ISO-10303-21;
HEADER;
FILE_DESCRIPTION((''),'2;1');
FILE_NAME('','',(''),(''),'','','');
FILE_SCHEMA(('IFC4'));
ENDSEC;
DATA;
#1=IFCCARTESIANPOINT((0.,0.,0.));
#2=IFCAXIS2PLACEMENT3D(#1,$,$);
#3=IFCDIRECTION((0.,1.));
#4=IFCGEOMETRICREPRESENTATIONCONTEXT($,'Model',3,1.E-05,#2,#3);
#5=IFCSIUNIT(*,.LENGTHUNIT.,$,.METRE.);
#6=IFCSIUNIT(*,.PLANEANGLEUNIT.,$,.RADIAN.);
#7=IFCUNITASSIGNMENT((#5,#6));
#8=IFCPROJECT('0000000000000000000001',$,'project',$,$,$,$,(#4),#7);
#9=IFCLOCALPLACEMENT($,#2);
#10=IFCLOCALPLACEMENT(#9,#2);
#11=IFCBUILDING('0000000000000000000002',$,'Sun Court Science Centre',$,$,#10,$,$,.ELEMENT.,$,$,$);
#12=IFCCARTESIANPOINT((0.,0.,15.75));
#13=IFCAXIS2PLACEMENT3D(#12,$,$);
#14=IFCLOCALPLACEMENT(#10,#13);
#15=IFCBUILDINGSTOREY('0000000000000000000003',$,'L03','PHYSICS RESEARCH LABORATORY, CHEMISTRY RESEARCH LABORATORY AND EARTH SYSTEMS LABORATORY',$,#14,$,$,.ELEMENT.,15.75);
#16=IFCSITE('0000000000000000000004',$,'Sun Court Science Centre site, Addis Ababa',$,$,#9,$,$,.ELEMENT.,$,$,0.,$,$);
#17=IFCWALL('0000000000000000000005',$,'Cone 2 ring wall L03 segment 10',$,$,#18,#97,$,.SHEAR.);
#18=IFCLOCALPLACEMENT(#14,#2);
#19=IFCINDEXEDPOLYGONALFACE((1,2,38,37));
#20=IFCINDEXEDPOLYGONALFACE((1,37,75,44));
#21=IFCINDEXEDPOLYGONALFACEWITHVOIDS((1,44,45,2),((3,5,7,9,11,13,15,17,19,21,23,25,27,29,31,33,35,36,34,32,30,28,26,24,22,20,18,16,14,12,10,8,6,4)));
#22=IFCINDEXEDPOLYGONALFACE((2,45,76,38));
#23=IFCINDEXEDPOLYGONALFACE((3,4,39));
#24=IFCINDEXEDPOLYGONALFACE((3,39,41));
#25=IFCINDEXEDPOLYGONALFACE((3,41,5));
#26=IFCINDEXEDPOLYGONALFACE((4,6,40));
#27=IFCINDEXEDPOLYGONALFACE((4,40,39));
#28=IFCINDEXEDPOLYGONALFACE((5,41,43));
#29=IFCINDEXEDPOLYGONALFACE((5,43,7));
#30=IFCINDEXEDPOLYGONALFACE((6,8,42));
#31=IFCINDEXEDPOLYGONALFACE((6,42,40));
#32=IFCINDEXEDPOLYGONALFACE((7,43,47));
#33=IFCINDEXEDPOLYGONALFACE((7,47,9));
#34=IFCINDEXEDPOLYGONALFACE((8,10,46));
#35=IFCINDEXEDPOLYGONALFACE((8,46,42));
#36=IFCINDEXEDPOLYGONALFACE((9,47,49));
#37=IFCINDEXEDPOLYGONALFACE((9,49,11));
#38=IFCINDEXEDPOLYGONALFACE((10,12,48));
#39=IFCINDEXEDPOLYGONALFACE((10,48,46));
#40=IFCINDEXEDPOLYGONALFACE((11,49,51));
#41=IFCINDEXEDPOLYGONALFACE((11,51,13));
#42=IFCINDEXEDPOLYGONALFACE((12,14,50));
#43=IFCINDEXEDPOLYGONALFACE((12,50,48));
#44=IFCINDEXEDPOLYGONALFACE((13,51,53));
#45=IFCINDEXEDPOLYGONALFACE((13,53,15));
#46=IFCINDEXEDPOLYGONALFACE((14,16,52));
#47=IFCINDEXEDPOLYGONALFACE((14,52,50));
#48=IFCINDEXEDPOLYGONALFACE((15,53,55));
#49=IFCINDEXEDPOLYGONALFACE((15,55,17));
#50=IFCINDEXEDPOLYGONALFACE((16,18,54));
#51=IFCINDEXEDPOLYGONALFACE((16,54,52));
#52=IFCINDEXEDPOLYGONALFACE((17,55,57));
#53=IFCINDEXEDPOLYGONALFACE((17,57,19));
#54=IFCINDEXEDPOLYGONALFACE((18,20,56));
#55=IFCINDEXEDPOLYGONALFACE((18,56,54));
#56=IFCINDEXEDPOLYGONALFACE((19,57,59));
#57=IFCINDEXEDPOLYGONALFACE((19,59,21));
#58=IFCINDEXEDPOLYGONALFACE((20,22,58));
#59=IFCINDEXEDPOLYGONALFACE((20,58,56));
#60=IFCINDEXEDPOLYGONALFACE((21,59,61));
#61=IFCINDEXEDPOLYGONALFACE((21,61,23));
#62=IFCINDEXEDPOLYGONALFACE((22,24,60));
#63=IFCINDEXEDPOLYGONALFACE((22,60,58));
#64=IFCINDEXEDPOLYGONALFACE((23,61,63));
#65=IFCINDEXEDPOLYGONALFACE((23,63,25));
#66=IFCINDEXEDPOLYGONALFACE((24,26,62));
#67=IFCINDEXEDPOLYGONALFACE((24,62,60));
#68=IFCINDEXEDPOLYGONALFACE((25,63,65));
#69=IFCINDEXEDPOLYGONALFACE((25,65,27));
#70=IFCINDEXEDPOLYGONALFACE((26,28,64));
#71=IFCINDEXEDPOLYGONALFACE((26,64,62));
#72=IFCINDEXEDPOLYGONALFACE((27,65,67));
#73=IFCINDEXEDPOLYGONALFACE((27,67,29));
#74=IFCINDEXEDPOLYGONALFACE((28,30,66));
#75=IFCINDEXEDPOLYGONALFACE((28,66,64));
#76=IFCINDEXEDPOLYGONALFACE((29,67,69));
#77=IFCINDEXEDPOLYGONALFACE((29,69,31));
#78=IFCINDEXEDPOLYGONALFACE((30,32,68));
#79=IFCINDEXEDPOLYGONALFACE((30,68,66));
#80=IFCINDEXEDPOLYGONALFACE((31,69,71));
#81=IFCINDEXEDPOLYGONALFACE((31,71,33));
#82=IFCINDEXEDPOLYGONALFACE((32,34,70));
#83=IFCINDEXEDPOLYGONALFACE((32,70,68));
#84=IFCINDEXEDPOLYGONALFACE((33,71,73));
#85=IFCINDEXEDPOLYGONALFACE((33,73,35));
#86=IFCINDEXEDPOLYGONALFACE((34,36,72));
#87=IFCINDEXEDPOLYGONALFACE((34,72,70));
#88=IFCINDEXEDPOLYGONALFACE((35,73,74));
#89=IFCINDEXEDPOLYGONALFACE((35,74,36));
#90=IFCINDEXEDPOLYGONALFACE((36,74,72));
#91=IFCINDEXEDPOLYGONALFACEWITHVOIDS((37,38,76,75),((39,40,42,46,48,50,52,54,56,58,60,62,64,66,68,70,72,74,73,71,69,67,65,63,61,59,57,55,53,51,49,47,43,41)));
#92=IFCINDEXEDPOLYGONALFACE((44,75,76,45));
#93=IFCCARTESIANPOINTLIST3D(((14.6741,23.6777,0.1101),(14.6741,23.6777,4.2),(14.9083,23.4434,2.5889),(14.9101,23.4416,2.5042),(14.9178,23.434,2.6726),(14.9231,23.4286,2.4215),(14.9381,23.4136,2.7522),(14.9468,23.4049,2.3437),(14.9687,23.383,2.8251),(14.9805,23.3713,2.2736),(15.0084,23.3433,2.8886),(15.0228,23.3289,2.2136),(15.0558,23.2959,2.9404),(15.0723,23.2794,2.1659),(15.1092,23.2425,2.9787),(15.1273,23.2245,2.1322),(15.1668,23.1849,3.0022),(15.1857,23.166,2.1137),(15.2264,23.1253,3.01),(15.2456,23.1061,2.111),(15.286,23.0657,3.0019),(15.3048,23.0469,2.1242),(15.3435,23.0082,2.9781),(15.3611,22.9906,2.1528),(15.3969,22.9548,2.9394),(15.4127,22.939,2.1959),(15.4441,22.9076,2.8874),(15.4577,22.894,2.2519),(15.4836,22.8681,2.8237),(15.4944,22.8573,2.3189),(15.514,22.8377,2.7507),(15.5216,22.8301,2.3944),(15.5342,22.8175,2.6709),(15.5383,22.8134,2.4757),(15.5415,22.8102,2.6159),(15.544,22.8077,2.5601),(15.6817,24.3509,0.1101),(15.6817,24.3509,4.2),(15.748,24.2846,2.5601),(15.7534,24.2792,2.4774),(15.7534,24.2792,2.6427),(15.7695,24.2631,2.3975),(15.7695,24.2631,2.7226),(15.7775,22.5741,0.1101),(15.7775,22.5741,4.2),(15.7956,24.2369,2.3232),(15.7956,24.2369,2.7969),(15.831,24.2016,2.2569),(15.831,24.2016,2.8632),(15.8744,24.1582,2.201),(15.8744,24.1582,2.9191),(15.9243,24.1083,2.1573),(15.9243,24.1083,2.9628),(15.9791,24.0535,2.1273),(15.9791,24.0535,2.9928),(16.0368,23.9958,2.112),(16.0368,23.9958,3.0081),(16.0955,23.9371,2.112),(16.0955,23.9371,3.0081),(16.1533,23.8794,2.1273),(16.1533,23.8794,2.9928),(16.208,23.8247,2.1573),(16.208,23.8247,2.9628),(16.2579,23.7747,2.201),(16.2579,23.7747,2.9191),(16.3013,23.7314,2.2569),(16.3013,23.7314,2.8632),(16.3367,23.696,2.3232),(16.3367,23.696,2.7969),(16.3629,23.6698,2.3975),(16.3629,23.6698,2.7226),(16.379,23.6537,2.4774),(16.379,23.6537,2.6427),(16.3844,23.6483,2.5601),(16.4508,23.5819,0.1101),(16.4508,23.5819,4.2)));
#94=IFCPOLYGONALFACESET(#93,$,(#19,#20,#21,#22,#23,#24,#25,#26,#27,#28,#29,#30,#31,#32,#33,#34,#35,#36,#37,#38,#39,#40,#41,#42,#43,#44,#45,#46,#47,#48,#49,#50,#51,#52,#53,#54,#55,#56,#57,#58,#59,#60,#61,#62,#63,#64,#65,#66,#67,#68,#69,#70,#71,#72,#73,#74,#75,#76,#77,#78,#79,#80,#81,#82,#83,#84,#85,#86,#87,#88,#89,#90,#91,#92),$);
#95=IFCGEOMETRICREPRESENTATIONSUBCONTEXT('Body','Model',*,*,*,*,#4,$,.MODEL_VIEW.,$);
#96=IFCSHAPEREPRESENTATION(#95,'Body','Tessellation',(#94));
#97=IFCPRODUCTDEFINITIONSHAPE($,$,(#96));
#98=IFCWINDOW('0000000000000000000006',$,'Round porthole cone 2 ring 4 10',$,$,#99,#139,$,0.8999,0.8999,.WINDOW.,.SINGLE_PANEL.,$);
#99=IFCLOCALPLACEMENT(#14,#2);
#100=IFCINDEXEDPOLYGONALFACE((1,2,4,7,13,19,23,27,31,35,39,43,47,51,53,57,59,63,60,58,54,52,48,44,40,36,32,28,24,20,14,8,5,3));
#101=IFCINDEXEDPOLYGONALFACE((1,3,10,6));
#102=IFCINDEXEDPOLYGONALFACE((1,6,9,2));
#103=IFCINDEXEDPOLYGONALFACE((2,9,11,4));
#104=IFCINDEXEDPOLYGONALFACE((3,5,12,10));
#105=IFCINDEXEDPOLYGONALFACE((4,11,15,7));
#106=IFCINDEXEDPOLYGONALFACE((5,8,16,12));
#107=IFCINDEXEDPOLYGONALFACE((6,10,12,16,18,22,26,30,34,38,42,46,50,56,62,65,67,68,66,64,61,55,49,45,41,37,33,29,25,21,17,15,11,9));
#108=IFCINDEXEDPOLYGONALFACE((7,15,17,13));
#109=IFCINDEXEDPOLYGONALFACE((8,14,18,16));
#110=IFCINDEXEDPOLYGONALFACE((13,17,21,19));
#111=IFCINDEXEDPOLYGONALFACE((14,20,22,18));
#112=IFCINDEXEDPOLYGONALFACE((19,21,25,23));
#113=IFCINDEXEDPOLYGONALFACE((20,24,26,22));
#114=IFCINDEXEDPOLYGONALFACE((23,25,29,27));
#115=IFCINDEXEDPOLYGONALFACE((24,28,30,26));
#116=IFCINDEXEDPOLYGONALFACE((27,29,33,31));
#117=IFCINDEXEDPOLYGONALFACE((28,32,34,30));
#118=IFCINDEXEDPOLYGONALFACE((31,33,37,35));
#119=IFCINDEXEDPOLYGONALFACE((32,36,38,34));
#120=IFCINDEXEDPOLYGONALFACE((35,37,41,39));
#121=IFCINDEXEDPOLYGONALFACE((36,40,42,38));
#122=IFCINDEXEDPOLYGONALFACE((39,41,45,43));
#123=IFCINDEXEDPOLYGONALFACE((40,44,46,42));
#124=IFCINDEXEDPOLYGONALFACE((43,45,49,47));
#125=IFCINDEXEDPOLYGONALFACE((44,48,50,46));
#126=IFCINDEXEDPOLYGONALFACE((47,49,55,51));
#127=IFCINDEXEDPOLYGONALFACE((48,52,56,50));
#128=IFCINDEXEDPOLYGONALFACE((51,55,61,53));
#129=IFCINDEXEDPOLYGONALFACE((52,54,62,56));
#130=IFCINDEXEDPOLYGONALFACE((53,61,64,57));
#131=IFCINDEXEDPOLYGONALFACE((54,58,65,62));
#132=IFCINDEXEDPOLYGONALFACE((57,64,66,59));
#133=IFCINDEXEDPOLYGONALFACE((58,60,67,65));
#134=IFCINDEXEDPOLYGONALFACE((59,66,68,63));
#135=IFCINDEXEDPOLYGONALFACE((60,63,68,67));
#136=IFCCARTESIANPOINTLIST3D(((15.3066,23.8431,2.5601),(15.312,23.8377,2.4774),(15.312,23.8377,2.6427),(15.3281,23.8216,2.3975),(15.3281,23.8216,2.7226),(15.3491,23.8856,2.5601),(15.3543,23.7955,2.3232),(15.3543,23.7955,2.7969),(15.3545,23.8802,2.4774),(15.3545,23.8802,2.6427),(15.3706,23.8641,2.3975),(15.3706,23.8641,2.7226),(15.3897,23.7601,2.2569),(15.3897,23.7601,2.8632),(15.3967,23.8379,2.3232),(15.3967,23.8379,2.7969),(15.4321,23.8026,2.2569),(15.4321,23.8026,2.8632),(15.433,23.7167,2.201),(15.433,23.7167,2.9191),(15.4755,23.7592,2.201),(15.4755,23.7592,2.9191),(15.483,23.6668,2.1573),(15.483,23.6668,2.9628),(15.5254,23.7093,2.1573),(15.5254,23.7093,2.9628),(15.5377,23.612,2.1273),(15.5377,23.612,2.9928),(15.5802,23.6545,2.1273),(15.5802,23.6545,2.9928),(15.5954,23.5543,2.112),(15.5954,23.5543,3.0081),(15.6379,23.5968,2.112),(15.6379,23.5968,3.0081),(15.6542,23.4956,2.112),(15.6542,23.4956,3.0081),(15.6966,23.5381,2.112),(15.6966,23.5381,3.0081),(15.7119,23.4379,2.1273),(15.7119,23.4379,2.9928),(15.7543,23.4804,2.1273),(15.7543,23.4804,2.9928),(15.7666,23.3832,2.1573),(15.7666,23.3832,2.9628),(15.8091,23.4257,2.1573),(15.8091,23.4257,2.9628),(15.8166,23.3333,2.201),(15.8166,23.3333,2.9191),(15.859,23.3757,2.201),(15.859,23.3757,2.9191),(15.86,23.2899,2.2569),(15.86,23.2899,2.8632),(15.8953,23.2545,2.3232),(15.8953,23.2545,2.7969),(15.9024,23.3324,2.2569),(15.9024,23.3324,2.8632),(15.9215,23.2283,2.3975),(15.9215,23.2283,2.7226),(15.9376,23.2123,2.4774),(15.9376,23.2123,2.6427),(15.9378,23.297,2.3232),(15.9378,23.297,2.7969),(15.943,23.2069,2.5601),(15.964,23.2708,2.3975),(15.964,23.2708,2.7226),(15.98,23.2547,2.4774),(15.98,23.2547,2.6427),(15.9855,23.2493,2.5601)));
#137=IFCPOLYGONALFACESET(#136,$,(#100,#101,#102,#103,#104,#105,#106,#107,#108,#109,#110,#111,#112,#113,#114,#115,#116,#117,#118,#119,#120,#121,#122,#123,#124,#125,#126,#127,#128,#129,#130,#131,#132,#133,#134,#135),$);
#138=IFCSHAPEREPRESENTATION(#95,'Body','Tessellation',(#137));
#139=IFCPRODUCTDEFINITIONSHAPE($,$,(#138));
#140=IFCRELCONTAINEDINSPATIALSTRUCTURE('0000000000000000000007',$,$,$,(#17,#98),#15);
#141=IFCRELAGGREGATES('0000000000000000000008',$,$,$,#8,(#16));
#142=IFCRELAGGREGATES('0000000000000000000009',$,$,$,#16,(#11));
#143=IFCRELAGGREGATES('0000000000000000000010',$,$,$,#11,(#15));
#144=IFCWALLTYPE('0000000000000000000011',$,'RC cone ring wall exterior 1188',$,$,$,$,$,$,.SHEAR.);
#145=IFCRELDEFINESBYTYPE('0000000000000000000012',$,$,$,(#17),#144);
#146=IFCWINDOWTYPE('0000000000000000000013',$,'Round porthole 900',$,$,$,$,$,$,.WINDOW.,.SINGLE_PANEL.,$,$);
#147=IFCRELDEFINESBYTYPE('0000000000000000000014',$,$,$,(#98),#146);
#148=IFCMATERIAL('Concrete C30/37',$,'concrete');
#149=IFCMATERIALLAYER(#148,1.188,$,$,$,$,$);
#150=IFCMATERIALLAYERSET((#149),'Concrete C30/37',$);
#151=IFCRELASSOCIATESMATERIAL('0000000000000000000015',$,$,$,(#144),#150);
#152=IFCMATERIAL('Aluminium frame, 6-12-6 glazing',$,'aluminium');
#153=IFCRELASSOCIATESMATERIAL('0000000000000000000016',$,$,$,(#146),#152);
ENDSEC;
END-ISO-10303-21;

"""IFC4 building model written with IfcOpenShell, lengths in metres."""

from ifc_helpers import new_model, si_unit, direction, frame, frame_2d, origin, place, context, subcontext, project, spatial, polyline, circle, outline, extrude, material, layer, layer_set, type_object, element, fill, save


model = new_model("IFC4")

# Units and contexts
model_context = context("Model", 3, precision=1e-05, world=origin(), true_north=direction((0.0, 1.0)))
body_context = subcontext(model_context, "Body", "Model", "MODEL_VIEW")
ifc_project = project(units=[si_unit("LENGTHUNIT", "METRE"), si_unit("PLANEANGLEUNIT", "RADIAN")], contexts=[model_context])

# Site, building, storey
site_placement = place(None, origin())
site = spatial("IfcSite", under=ifc_project, at=site_placement, Name="Sun Court Science Centre site, Addis Ababa", CompositionType="ELEMENT", RefElevation=0.0)
building_placement = place(site_placement, origin())
building = spatial("IfcBuilding", under=site, at=building_placement, Name="Sun Court Science Centre", CompositionType="ELEMENT")
storey_placement = place(building_placement, frame((0.0, 0.0, 15.75)))
storey = spatial("IfcBuildingStorey", under=building, at=storey_placement, Name="L03", Description="PHYSICS RESEARCH LABORATORY, CHEMISTRY RESEARCH LABORATORY AND EARTH SYSTEMS LABORATORY", CompositionType="ELEMENT", Elevation=15.75)

# Wall, opening, window
ifc_material_1 = material(Name="Concrete C30/37", Category="concrete")
ifc_layer_1 = layer(ifc_material_1, 1.188)
ifc_layer_set_1 = layer_set([ifc_layer_1], Name="Concrete C30/37")
wall_type_1 = type_object("IfcWallType", Name="RC cone ring wall exterior 1188", PredefinedType="SHEAR", material=ifc_layer_set_1)
ifc_material_2 = material(Name="Aluminium frame, 6-12-6 glazing", Category="aluminium")
window_type = type_object("IfcWindowType", Name="Round porthole 900", PartitioningType="SINGLE_PANEL", PredefinedType="WINDOW", material=ifc_material_2)
wall_1_placement = place(storey_placement, frame((15.0942, 24.0979, 0.1101), z_axis=(0.0, 0.0, 1.0), x_axis=(0.707185, -0.707029, 0.0)))
wall_1 = element("IfcWall", 1, at=wall_1_placement, inside=storey, type_object=wall_type_1, Name="Cone 2 ring wall L03 segment 10", PredefinedType="SHEAR", context=body_context, shape_type="SweptSolid", body=[
    extrude(outline(polyline([(0.0, -0.5942), (1.5605, -0.5945), (1.3242, 0.5942), (0.2366, 0.5942), (0.0, -0.5942)])), origin(), (0.0, 0.0, 1.0), 4.0898),
])
opening_1_placement = place(wall_1_placement, frame((0.3303, 0.0, 2.0)))
opening_1 = element("IfcOpeningElement", 2, at=opening_1_placement, cuts=wall_1, PredefinedType="OPENING", context=body_context, shape_type="SweptSolid", body=[
    extrude(circle(Radius=0.45, at=frame_2d((0.45, 0.45))), frame((0.0, 0.6042, 0.0), z_axis=(0.0, -1.0, 0.0), x_axis=(1.0, 0.0, 0.0)), (0.0, 0.0, 1.0), 1.2085),
])
window_1_placement = place(opening_1_placement, origin())
window_1 = element("IfcWindow", 3, at=window_1_placement, inside=storey, type_object=window_type, Name="Round porthole cone 2 ring 4 10", OverallHeight=0.8999, OverallWidth=0.8999, PartitioningType="SINGLE_PANEL", PredefinedType="WINDOW", context=body_context, shape_type="SweptSolid", body=[
    extrude(circle(Radius=0.45, at=frame_2d((0.45, 0.45))), frame((0.0, 0.03, 0.0), z_axis=(0.0, -1.0, 0.0), x_axis=(1.0, 0.0, 0.0)), (0.0, 0.0, 1.0), 0.0601),
])
fill(opening_1, window_1)

save(model, "model.ifc")
